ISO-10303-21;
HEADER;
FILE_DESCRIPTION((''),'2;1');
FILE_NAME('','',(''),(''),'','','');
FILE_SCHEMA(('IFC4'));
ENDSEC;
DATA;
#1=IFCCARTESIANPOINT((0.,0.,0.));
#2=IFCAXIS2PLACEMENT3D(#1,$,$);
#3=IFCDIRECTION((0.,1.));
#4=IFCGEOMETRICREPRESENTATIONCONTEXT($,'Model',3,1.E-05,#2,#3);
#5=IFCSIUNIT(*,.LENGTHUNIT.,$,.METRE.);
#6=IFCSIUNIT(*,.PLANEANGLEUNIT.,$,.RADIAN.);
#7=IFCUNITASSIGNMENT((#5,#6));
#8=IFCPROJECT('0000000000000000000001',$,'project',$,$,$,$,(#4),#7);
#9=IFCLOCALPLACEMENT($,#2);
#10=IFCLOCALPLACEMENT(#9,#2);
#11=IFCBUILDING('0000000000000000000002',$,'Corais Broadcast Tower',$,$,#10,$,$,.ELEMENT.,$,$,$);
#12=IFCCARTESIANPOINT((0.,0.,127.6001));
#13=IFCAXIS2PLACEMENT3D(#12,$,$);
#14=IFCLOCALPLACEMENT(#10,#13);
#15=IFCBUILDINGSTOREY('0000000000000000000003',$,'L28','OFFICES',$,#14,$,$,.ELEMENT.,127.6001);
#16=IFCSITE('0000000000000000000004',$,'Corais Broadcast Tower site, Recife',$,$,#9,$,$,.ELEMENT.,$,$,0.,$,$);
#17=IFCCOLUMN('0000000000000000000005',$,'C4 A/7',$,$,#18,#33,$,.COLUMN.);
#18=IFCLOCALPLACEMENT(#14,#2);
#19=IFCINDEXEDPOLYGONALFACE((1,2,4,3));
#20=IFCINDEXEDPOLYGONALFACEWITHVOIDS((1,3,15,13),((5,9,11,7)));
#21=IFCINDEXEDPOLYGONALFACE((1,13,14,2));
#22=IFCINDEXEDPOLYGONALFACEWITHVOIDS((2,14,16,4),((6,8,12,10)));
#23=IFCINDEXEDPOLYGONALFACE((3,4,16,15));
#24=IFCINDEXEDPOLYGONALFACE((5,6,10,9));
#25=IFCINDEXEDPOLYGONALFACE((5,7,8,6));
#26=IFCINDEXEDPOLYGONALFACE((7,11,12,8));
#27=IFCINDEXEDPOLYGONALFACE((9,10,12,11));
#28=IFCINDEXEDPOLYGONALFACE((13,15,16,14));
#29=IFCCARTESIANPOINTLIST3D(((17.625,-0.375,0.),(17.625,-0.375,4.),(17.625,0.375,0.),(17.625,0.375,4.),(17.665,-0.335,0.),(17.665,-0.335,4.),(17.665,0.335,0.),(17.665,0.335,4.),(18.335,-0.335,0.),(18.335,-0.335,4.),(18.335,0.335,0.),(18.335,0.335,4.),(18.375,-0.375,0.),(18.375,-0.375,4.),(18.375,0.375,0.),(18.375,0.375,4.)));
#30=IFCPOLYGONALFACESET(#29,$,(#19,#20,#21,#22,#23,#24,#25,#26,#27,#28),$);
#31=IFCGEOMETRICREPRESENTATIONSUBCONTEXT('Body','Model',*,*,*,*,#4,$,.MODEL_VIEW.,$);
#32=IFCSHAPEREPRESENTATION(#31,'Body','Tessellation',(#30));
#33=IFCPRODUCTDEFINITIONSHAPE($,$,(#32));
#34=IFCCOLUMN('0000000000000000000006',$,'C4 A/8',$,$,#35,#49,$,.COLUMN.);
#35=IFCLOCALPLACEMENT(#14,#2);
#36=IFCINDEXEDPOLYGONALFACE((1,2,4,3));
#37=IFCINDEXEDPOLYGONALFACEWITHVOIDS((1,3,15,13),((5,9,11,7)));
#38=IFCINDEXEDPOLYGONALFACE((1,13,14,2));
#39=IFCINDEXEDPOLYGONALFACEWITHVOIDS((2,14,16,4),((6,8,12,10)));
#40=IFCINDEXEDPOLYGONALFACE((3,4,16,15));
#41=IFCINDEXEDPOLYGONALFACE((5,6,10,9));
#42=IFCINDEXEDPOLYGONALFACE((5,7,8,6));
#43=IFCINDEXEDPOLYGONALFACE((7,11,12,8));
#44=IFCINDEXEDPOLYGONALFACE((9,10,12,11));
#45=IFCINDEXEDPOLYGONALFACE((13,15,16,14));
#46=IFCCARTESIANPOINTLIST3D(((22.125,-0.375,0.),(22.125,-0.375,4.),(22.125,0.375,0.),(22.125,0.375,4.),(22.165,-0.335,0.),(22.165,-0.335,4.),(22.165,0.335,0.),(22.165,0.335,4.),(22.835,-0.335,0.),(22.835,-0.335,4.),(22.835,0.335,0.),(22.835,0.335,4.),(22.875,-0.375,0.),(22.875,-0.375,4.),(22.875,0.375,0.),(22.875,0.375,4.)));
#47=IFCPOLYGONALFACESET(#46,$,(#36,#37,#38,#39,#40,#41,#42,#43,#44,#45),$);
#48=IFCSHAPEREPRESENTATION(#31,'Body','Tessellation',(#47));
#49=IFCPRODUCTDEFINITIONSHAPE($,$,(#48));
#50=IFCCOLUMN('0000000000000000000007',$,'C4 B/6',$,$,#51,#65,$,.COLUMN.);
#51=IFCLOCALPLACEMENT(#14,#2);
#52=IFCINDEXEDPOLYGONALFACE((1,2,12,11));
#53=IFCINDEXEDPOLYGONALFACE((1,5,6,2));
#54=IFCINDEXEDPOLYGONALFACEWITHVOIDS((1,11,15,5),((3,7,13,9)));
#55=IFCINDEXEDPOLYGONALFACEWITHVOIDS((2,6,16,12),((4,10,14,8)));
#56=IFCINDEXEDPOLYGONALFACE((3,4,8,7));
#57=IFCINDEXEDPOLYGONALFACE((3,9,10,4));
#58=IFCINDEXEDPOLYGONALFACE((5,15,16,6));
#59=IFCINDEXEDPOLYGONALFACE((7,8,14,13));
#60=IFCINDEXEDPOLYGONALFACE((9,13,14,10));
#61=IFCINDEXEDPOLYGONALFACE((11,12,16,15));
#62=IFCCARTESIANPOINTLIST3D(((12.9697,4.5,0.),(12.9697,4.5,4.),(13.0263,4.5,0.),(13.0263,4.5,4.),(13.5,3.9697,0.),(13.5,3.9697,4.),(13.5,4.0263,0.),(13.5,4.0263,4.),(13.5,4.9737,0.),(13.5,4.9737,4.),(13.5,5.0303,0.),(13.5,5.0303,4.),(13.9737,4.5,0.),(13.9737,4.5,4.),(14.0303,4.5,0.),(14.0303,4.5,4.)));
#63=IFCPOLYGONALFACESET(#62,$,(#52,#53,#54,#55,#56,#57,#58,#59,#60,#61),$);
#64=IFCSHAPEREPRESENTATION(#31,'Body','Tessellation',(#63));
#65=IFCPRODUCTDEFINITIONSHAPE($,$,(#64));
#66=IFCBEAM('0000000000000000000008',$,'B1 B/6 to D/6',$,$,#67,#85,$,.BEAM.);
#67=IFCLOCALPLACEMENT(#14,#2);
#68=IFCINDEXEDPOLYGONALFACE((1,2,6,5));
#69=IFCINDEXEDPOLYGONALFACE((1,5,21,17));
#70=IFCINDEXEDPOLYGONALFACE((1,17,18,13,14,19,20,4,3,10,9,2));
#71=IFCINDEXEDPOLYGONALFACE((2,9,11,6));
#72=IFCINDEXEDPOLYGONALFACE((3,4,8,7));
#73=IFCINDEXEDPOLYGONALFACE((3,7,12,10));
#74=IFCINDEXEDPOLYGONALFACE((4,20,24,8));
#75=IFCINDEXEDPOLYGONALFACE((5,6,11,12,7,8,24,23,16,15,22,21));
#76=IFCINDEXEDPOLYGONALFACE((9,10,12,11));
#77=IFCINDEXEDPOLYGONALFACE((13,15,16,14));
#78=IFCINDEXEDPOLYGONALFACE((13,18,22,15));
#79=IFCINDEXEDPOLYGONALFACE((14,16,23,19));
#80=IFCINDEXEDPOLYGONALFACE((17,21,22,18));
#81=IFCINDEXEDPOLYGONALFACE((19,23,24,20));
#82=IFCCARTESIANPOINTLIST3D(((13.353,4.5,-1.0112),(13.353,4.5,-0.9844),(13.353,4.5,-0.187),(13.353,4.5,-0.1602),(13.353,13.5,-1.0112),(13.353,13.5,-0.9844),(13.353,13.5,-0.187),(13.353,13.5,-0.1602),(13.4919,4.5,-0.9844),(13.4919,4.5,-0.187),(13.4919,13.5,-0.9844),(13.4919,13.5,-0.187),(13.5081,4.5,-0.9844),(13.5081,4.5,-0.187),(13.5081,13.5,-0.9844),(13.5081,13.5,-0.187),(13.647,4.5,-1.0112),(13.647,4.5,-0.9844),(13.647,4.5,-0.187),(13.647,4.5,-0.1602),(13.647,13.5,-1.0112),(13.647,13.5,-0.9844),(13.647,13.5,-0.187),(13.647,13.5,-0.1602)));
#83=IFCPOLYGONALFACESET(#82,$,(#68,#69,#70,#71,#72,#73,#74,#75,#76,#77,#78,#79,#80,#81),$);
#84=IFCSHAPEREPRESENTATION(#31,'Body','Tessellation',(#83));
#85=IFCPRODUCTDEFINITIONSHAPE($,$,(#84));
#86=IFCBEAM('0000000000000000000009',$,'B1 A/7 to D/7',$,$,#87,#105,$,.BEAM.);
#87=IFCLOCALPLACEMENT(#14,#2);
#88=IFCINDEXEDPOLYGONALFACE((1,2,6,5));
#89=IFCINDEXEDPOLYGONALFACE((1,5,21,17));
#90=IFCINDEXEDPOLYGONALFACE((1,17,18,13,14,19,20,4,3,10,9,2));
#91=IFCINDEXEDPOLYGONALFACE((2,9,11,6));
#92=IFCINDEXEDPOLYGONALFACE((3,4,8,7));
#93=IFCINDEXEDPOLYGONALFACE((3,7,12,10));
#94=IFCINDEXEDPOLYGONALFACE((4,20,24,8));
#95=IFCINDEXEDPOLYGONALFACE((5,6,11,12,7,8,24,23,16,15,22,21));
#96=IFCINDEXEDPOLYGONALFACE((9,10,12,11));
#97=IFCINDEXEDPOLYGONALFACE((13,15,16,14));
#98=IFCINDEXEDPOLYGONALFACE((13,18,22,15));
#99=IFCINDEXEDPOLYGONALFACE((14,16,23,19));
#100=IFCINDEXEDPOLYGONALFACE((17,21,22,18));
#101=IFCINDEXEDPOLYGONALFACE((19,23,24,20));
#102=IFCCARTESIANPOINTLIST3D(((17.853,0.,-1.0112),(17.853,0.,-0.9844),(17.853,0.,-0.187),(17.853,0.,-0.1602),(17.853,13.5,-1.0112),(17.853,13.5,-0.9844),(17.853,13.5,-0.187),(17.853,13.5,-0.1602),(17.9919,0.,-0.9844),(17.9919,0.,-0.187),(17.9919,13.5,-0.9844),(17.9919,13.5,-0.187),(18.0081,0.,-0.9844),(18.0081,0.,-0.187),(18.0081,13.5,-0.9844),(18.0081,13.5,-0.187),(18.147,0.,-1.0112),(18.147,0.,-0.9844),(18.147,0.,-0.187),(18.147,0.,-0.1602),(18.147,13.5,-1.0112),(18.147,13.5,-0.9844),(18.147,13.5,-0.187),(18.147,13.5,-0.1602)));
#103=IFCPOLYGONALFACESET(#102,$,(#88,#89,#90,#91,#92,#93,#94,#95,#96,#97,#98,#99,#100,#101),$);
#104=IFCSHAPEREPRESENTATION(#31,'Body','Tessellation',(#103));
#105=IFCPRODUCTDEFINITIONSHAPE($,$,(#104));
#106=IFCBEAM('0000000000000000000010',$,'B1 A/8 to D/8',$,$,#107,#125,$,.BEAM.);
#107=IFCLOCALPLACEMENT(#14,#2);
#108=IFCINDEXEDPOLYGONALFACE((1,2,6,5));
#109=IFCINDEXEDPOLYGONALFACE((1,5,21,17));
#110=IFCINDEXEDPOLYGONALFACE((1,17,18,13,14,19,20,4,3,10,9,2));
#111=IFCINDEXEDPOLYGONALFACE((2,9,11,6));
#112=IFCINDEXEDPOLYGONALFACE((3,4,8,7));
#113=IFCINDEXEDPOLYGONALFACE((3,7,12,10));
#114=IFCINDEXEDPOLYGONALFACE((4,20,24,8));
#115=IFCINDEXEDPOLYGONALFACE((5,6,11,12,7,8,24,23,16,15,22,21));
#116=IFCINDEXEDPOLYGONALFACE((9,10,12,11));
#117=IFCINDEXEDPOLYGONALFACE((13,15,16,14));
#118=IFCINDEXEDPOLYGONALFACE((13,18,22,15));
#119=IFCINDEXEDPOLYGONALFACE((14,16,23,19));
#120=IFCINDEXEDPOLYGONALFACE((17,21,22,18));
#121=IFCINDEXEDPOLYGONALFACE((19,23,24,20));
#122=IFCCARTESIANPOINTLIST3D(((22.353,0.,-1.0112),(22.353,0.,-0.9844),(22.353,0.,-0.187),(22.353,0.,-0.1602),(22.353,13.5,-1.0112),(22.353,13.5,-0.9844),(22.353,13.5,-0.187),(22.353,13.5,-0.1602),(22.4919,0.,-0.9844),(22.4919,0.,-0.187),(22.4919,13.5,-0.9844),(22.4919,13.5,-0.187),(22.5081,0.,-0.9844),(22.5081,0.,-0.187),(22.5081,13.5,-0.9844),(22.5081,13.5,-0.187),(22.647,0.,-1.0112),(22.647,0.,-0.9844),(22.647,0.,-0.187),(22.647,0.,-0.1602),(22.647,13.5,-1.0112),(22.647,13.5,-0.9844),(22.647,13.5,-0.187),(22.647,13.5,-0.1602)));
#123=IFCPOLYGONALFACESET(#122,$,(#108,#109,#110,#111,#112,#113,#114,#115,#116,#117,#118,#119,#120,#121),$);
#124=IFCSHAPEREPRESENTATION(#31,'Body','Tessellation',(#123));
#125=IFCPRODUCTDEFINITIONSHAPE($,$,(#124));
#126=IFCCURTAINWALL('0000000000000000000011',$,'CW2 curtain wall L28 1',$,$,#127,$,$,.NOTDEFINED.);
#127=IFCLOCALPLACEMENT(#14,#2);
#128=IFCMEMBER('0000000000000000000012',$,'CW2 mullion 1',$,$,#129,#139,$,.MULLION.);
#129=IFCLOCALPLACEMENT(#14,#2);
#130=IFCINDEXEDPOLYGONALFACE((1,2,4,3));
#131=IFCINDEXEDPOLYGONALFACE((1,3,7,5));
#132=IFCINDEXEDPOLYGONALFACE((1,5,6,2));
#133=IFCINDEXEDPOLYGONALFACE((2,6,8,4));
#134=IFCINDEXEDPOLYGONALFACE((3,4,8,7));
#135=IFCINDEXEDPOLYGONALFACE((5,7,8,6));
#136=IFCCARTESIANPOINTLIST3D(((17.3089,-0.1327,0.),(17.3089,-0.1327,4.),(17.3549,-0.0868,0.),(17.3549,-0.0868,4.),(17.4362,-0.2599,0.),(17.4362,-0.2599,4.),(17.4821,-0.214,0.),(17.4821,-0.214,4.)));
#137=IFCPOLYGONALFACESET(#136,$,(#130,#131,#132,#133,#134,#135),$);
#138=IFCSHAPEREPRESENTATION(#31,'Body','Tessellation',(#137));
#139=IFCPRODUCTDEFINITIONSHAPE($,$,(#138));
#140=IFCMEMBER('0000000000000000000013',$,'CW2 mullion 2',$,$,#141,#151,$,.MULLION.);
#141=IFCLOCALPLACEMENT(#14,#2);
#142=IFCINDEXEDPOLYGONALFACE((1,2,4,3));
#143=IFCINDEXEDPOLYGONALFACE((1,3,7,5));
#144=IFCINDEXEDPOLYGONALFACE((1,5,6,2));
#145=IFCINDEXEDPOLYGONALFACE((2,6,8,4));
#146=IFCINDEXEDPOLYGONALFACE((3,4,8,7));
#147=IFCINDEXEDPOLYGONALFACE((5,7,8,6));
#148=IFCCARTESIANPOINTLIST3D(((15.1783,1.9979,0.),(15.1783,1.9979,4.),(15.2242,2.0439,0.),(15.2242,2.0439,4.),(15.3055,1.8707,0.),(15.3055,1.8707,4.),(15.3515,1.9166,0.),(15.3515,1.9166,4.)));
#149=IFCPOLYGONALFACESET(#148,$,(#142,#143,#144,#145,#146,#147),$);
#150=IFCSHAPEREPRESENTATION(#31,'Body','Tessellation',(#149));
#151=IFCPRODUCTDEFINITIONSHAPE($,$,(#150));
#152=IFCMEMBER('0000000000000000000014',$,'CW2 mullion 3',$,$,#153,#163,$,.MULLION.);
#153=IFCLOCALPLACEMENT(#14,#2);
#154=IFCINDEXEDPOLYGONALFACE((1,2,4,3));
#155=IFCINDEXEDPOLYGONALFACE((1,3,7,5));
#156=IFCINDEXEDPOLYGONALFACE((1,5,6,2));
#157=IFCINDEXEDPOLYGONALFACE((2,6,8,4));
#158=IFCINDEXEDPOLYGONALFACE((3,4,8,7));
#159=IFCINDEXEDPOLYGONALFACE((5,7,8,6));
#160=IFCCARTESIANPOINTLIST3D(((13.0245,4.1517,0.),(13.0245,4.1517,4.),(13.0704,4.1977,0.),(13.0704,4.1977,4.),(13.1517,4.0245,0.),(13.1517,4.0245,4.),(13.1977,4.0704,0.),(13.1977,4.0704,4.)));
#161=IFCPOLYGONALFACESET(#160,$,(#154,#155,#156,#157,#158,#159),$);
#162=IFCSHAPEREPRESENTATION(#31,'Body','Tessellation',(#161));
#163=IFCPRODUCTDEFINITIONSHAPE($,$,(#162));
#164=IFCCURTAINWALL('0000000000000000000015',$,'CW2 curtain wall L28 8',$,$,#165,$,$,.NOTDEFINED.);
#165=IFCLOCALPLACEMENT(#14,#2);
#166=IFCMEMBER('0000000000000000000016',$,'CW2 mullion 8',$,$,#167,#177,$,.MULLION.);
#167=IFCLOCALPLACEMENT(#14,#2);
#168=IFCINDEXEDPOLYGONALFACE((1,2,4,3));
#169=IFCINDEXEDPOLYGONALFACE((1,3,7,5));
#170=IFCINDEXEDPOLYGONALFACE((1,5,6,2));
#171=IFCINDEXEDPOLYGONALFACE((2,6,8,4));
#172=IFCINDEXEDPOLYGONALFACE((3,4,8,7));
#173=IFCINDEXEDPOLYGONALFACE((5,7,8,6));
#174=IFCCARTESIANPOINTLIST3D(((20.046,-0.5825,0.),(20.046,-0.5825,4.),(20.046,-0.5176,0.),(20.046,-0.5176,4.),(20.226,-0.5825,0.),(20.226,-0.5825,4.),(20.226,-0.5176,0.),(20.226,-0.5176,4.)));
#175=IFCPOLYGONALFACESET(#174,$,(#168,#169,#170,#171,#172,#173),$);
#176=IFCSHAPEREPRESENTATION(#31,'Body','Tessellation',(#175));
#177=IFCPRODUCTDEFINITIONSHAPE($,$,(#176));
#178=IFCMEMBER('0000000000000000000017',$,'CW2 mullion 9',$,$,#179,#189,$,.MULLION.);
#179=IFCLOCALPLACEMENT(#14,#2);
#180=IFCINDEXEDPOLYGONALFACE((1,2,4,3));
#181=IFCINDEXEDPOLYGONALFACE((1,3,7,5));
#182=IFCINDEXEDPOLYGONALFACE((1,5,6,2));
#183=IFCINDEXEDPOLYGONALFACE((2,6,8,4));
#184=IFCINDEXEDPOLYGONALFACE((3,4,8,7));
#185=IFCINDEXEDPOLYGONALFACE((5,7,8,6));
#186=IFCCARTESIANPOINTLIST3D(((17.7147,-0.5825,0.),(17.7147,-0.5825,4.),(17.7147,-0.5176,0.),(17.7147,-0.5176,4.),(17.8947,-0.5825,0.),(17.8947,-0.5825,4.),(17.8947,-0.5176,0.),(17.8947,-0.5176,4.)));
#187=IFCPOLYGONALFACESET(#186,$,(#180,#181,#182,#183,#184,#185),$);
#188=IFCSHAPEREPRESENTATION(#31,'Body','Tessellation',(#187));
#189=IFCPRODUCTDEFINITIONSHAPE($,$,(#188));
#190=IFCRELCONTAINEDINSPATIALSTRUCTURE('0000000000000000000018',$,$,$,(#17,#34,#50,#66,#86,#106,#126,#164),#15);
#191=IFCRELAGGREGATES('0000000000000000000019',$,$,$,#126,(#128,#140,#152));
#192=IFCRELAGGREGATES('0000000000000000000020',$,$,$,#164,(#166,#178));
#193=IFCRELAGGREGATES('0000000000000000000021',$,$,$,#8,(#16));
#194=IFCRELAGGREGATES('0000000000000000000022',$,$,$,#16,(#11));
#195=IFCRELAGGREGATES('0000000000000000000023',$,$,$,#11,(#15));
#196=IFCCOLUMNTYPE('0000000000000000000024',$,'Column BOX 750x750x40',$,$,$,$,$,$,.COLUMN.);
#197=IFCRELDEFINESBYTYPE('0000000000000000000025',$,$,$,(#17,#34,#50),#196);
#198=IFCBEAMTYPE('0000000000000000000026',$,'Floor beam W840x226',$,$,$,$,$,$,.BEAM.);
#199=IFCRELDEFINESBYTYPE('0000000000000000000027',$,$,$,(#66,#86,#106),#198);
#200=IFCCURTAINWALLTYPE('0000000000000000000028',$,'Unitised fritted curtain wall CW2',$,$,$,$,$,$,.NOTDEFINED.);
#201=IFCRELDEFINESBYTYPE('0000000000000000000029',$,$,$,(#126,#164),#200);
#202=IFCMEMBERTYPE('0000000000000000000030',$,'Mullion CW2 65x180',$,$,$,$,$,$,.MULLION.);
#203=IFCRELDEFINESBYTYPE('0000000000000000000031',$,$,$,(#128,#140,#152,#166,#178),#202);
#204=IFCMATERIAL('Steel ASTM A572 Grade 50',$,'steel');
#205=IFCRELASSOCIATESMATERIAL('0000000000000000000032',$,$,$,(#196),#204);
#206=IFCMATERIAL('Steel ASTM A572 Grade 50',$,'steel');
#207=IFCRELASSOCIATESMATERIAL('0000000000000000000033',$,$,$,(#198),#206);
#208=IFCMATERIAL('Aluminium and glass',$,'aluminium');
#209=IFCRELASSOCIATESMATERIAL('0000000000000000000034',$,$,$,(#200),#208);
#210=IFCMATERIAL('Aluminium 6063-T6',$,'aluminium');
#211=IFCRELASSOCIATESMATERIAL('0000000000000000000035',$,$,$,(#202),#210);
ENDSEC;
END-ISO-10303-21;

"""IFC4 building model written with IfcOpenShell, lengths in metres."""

from ifc_helpers import new_model, si_unit, direction, frame, origin, origin_2d, place, context, subcontext, project, spatial, rectangle, hollow_rectangle, i_section, extrude, material, material_profile, profile_set, type_object, element, aggregate, save


model = new_model("IFC4")

# Units and contexts
model_context = context("Model", 3, precision=1e-05, world=origin(), true_north=direction((0.0, 1.0)))
body_context = subcontext(model_context, "Body", "Model", "MODEL_VIEW")
ifc_project = project(units=[si_unit("LENGTHUNIT", "METRE"), si_unit("PLANEANGLEUNIT", "RADIAN")], contexts=[model_context])

# Site, building, storey
site_placement = place(None, origin())
site = spatial("IfcSite", under=ifc_project, at=site_placement, Name="Corais Broadcast Tower site, Recife", CompositionType="ELEMENT", RefElevation=0.0)
building_placement = place(site_placement, origin())
building = spatial("IfcBuilding", under=site, at=building_placement, Name="Corais Broadcast Tower", CompositionType="ELEMENT")
storey_placement = place(building_placement, frame((0.0, 0.0, 127.6001)))
storey = spatial("IfcBuildingStorey", under=building, at=storey_placement, Name="L28", Description="OFFICES", CompositionType="ELEMENT", Elevation=127.6001)

# Columns
ifc_material_1 = material(Name="Steel ASTM A572 Grade 50", Category="steel")
ifc_material_profile_1 = material_profile(ifc_material_1, hollow_rectangle(XDim=0.75, YDim=0.75, WallThickness=0.04, at=origin_2d()), Name="BOX 750x750x40")
ifc_profile_set_1 = profile_set([ifc_material_profile_1], Name="Steel ASTM A572 Grade 50")
column_type = type_object("IfcColumnType", Name="Column BOX 750x750x40", PredefinedType="COLUMN", material=ifc_profile_set_1)
for number, where, z_axis, x_axis, name in (
    (1, (18.0, 0.0, 0.0), (0.0, 0.0, 1.0), (1.0, 0.0, 0.0), "C4 A/7"),
    (2, (22.5, 0.0, 0.0), (0.0, 0.0, 1.0), (1.0, 0.0, 0.0), "C4 A/8"),
    (3, (13.5, 4.5, 0.0), (0.0, 0.0, 1.0), (0.707107, 0.707107, 0.0), "C4 B/6"),
):
    element("IfcColumn", number, at=place(storey_placement, frame(where, z_axis=z_axis, x_axis=x_axis)), inside=storey, type_object=column_type, Name=name, PredefinedType="COLUMN", context=body_context, shape_type="SweptSolid", body=[
        extrude(hollow_rectangle(XDim=0.75, YDim=0.75, WallThickness=0.04, at=origin_2d()), origin(), (0.0, 0.0, 1.0), 4.0),
    ])

# Beams
ifc_material_2 = material(Name="Steel ASTM A572 Grade 50", Category="steel")
ifc_material_profile_2 = material_profile(ifc_material_2, i_section(OverallWidth=0.2939, OverallDepth=0.8511, WebThickness=0.0161, FlangeThickness=0.0269, at=origin_2d()), Name="W840x226")
ifc_profile_set_2 = profile_set([ifc_material_profile_2], Name="Steel ASTM A572 Grade 50")
beam_type_1 = type_object("IfcBeamType", Name="Floor beam W840x226", PredefinedType="BEAM", material=ifc_profile_set_2)
beam_1_placement = place(storey_placement, frame((13.5, 4.5, -0.5857), z_axis=(0.0, 1.0, 0.0), x_axis=(-1.0, 0.0, 0.0)))
element("IfcBeam", 4, at=beam_1_placement, inside=storey, type_object=beam_type_1, Name="B1 B/6 to D/6", PredefinedType="BEAM", context=body_context, shape_type="SweptSolid", body=[
    extrude(i_section(OverallWidth=0.2939, OverallDepth=0.8511, WebThickness=0.0161, FlangeThickness=0.0269, at=origin_2d()), origin(), (0.0, 0.0, 1.0), 9.0),
])
for number, where, z_axis, x_axis, name in (
    (5, (18.0, 0.0, -0.5857), (0.0, 1.0, 0.0), (-1.0, 0.0, 0.0), "B1 A/7 to D/7"),
    (6, (22.5, 0.0, -0.5857), (0.0, 1.0, 0.0), (-1.0, 0.0, 0.0), "B1 A/8 to D/8"),
):
    element("IfcBeam", number, at=place(storey_placement, frame(where, z_axis=z_axis, x_axis=x_axis)), inside=storey, type_object=beam_type_1, Name=name, PredefinedType="BEAM", context=body_context, shape_type="SweptSolid", body=[
        extrude(i_section(OverallWidth=0.2939, OverallDepth=0.8511, WebThickness=0.0161, FlangeThickness=0.0269, at=origin_2d()), origin(), (0.0, 0.0, 1.0), 13.5),
    ])

# Curtain walls, members
ifc_material_3 = material(Name="Aluminium and glass", Category="aluminium")
curtain_wall_type = type_object("IfcCurtainWallType", Name="Unitised fritted curtain wall CW2", PredefinedType="NOTDEFINED", material=ifc_material_3)
curtain_wall_1_placement = place(storey_placement, origin())
curtain_wall_1 = element("IfcCurtainWall", 7, at=curtain_wall_1_placement, inside=storey, type_object=curtain_wall_type, Name="CW2 curtain wall L28 1", PredefinedType="NOTDEFINED")
ifc_material_4 = material(Name="Aluminium 6063-T6", Category="aluminium")
ifc_material_profile_3 = material_profile(ifc_material_4, rectangle(XDim=0.0649, YDim=0.1799, at=origin_2d()), Name="Mullion CW2 65x180")
ifc_profile_set_3 = profile_set([ifc_material_profile_3], Name="Aluminium 6063-T6")
member_type_1 = type_object("IfcMemberType", Name="Mullion CW2 65x180", PredefinedType="MULLION", material=ifc_profile_set_3)
member_1_placement = place(storey_placement, frame((17.3955, -0.1733, 0.0), z_axis=(0.0, 0.0, 1.0), x_axis=(-0.707107, -0.707107, 0.0)))
member_1 = element("IfcMember", 8, at=member_1_placement, type_object=member_type_1, Name="CW2 mullion 1", PredefinedType="MULLION", context=body_context, shape_type="SweptSolid", body=[
    extrude(rectangle(XDim=0.0649, YDim=0.1799, at=origin_2d()), origin(), (0.0, 0.0, 1.0), 4.0),
])
member_2_placement = place(storey_placement, frame((15.2649, 1.9573, 0.0), z_axis=(0.0, 0.0, 1.0), x_axis=(-0.707107, -0.707107, 0.0)))
member_2 = element("IfcMember", 9, at=member_2_placement, type_object=member_type_1, Name="CW2 mullion 2", PredefinedType="MULLION", context=body_context, shape_type="SweptSolid", body=[
    extrude(rectangle(XDim=0.0649, YDim=0.1799, at=origin_2d()), origin(), (0.0, 0.0, 1.0), 4.0),
])
member_3_placement = place(storey_placement, frame((13.1111, 4.1111, 0.0), z_axis=(0.0, 0.0, 1.0), x_axis=(-0.707107, -0.707107, 0.0)))
member_3 = element("IfcMember", 10, at=member_3_placement, type_object=member_type_1, Name="CW2 mullion 3", PredefinedType="MULLION", context=body_context, shape_type="SweptSolid", body=[
    extrude(rectangle(XDim=0.0649, YDim=0.1799, at=origin_2d()), origin(), (0.0, 0.0, 1.0), 4.0),
])
curtain_wall_2_placement = place(storey_placement, origin())
curtain_wall_2 = element("IfcCurtainWall", 11, at=curtain_wall_2_placement, inside=storey, type_object=curtain_wall_type, Name="CW2 curtain wall L28 8", PredefinedType="NOTDEFINED")
member_4_placement = place(storey_placement, frame((20.136, -0.55, 0.0), z_axis=(0.0, 0.0, 1.0), x_axis=(0.0, -1.0, 0.0)))
member_4 = element("IfcMember", 12, at=member_4_placement, type_object=member_type_1, Name="CW2 mullion 8", PredefinedType="MULLION", context=body_context, shape_type="SweptSolid", body=[
    extrude(rectangle(XDim=0.0649, YDim=0.1799, at=origin_2d()), origin(), (0.0, 0.0, 1.0), 4.0),
])
member_5_placement = place(storey_placement, frame((17.8047, -0.55, 0.0), z_axis=(0.0, 0.0, 1.0), x_axis=(0.0, -1.0, 0.0)))
member_5 = element("IfcMember", 13, at=member_5_placement, type_object=member_type_1, Name="CW2 mullion 9", PredefinedType="MULLION", context=body_context, shape_type="SweptSolid", body=[
    extrude(rectangle(XDim=0.0649, YDim=0.1799, at=origin_2d()), origin(), (0.0, 0.0, 1.0), 4.0),
])

aggregate(curtain_wall_1, [member_1, member_2, member_3])
aggregate(curtain_wall_2, [member_4, member_5])

save(model, "model.ifc")
